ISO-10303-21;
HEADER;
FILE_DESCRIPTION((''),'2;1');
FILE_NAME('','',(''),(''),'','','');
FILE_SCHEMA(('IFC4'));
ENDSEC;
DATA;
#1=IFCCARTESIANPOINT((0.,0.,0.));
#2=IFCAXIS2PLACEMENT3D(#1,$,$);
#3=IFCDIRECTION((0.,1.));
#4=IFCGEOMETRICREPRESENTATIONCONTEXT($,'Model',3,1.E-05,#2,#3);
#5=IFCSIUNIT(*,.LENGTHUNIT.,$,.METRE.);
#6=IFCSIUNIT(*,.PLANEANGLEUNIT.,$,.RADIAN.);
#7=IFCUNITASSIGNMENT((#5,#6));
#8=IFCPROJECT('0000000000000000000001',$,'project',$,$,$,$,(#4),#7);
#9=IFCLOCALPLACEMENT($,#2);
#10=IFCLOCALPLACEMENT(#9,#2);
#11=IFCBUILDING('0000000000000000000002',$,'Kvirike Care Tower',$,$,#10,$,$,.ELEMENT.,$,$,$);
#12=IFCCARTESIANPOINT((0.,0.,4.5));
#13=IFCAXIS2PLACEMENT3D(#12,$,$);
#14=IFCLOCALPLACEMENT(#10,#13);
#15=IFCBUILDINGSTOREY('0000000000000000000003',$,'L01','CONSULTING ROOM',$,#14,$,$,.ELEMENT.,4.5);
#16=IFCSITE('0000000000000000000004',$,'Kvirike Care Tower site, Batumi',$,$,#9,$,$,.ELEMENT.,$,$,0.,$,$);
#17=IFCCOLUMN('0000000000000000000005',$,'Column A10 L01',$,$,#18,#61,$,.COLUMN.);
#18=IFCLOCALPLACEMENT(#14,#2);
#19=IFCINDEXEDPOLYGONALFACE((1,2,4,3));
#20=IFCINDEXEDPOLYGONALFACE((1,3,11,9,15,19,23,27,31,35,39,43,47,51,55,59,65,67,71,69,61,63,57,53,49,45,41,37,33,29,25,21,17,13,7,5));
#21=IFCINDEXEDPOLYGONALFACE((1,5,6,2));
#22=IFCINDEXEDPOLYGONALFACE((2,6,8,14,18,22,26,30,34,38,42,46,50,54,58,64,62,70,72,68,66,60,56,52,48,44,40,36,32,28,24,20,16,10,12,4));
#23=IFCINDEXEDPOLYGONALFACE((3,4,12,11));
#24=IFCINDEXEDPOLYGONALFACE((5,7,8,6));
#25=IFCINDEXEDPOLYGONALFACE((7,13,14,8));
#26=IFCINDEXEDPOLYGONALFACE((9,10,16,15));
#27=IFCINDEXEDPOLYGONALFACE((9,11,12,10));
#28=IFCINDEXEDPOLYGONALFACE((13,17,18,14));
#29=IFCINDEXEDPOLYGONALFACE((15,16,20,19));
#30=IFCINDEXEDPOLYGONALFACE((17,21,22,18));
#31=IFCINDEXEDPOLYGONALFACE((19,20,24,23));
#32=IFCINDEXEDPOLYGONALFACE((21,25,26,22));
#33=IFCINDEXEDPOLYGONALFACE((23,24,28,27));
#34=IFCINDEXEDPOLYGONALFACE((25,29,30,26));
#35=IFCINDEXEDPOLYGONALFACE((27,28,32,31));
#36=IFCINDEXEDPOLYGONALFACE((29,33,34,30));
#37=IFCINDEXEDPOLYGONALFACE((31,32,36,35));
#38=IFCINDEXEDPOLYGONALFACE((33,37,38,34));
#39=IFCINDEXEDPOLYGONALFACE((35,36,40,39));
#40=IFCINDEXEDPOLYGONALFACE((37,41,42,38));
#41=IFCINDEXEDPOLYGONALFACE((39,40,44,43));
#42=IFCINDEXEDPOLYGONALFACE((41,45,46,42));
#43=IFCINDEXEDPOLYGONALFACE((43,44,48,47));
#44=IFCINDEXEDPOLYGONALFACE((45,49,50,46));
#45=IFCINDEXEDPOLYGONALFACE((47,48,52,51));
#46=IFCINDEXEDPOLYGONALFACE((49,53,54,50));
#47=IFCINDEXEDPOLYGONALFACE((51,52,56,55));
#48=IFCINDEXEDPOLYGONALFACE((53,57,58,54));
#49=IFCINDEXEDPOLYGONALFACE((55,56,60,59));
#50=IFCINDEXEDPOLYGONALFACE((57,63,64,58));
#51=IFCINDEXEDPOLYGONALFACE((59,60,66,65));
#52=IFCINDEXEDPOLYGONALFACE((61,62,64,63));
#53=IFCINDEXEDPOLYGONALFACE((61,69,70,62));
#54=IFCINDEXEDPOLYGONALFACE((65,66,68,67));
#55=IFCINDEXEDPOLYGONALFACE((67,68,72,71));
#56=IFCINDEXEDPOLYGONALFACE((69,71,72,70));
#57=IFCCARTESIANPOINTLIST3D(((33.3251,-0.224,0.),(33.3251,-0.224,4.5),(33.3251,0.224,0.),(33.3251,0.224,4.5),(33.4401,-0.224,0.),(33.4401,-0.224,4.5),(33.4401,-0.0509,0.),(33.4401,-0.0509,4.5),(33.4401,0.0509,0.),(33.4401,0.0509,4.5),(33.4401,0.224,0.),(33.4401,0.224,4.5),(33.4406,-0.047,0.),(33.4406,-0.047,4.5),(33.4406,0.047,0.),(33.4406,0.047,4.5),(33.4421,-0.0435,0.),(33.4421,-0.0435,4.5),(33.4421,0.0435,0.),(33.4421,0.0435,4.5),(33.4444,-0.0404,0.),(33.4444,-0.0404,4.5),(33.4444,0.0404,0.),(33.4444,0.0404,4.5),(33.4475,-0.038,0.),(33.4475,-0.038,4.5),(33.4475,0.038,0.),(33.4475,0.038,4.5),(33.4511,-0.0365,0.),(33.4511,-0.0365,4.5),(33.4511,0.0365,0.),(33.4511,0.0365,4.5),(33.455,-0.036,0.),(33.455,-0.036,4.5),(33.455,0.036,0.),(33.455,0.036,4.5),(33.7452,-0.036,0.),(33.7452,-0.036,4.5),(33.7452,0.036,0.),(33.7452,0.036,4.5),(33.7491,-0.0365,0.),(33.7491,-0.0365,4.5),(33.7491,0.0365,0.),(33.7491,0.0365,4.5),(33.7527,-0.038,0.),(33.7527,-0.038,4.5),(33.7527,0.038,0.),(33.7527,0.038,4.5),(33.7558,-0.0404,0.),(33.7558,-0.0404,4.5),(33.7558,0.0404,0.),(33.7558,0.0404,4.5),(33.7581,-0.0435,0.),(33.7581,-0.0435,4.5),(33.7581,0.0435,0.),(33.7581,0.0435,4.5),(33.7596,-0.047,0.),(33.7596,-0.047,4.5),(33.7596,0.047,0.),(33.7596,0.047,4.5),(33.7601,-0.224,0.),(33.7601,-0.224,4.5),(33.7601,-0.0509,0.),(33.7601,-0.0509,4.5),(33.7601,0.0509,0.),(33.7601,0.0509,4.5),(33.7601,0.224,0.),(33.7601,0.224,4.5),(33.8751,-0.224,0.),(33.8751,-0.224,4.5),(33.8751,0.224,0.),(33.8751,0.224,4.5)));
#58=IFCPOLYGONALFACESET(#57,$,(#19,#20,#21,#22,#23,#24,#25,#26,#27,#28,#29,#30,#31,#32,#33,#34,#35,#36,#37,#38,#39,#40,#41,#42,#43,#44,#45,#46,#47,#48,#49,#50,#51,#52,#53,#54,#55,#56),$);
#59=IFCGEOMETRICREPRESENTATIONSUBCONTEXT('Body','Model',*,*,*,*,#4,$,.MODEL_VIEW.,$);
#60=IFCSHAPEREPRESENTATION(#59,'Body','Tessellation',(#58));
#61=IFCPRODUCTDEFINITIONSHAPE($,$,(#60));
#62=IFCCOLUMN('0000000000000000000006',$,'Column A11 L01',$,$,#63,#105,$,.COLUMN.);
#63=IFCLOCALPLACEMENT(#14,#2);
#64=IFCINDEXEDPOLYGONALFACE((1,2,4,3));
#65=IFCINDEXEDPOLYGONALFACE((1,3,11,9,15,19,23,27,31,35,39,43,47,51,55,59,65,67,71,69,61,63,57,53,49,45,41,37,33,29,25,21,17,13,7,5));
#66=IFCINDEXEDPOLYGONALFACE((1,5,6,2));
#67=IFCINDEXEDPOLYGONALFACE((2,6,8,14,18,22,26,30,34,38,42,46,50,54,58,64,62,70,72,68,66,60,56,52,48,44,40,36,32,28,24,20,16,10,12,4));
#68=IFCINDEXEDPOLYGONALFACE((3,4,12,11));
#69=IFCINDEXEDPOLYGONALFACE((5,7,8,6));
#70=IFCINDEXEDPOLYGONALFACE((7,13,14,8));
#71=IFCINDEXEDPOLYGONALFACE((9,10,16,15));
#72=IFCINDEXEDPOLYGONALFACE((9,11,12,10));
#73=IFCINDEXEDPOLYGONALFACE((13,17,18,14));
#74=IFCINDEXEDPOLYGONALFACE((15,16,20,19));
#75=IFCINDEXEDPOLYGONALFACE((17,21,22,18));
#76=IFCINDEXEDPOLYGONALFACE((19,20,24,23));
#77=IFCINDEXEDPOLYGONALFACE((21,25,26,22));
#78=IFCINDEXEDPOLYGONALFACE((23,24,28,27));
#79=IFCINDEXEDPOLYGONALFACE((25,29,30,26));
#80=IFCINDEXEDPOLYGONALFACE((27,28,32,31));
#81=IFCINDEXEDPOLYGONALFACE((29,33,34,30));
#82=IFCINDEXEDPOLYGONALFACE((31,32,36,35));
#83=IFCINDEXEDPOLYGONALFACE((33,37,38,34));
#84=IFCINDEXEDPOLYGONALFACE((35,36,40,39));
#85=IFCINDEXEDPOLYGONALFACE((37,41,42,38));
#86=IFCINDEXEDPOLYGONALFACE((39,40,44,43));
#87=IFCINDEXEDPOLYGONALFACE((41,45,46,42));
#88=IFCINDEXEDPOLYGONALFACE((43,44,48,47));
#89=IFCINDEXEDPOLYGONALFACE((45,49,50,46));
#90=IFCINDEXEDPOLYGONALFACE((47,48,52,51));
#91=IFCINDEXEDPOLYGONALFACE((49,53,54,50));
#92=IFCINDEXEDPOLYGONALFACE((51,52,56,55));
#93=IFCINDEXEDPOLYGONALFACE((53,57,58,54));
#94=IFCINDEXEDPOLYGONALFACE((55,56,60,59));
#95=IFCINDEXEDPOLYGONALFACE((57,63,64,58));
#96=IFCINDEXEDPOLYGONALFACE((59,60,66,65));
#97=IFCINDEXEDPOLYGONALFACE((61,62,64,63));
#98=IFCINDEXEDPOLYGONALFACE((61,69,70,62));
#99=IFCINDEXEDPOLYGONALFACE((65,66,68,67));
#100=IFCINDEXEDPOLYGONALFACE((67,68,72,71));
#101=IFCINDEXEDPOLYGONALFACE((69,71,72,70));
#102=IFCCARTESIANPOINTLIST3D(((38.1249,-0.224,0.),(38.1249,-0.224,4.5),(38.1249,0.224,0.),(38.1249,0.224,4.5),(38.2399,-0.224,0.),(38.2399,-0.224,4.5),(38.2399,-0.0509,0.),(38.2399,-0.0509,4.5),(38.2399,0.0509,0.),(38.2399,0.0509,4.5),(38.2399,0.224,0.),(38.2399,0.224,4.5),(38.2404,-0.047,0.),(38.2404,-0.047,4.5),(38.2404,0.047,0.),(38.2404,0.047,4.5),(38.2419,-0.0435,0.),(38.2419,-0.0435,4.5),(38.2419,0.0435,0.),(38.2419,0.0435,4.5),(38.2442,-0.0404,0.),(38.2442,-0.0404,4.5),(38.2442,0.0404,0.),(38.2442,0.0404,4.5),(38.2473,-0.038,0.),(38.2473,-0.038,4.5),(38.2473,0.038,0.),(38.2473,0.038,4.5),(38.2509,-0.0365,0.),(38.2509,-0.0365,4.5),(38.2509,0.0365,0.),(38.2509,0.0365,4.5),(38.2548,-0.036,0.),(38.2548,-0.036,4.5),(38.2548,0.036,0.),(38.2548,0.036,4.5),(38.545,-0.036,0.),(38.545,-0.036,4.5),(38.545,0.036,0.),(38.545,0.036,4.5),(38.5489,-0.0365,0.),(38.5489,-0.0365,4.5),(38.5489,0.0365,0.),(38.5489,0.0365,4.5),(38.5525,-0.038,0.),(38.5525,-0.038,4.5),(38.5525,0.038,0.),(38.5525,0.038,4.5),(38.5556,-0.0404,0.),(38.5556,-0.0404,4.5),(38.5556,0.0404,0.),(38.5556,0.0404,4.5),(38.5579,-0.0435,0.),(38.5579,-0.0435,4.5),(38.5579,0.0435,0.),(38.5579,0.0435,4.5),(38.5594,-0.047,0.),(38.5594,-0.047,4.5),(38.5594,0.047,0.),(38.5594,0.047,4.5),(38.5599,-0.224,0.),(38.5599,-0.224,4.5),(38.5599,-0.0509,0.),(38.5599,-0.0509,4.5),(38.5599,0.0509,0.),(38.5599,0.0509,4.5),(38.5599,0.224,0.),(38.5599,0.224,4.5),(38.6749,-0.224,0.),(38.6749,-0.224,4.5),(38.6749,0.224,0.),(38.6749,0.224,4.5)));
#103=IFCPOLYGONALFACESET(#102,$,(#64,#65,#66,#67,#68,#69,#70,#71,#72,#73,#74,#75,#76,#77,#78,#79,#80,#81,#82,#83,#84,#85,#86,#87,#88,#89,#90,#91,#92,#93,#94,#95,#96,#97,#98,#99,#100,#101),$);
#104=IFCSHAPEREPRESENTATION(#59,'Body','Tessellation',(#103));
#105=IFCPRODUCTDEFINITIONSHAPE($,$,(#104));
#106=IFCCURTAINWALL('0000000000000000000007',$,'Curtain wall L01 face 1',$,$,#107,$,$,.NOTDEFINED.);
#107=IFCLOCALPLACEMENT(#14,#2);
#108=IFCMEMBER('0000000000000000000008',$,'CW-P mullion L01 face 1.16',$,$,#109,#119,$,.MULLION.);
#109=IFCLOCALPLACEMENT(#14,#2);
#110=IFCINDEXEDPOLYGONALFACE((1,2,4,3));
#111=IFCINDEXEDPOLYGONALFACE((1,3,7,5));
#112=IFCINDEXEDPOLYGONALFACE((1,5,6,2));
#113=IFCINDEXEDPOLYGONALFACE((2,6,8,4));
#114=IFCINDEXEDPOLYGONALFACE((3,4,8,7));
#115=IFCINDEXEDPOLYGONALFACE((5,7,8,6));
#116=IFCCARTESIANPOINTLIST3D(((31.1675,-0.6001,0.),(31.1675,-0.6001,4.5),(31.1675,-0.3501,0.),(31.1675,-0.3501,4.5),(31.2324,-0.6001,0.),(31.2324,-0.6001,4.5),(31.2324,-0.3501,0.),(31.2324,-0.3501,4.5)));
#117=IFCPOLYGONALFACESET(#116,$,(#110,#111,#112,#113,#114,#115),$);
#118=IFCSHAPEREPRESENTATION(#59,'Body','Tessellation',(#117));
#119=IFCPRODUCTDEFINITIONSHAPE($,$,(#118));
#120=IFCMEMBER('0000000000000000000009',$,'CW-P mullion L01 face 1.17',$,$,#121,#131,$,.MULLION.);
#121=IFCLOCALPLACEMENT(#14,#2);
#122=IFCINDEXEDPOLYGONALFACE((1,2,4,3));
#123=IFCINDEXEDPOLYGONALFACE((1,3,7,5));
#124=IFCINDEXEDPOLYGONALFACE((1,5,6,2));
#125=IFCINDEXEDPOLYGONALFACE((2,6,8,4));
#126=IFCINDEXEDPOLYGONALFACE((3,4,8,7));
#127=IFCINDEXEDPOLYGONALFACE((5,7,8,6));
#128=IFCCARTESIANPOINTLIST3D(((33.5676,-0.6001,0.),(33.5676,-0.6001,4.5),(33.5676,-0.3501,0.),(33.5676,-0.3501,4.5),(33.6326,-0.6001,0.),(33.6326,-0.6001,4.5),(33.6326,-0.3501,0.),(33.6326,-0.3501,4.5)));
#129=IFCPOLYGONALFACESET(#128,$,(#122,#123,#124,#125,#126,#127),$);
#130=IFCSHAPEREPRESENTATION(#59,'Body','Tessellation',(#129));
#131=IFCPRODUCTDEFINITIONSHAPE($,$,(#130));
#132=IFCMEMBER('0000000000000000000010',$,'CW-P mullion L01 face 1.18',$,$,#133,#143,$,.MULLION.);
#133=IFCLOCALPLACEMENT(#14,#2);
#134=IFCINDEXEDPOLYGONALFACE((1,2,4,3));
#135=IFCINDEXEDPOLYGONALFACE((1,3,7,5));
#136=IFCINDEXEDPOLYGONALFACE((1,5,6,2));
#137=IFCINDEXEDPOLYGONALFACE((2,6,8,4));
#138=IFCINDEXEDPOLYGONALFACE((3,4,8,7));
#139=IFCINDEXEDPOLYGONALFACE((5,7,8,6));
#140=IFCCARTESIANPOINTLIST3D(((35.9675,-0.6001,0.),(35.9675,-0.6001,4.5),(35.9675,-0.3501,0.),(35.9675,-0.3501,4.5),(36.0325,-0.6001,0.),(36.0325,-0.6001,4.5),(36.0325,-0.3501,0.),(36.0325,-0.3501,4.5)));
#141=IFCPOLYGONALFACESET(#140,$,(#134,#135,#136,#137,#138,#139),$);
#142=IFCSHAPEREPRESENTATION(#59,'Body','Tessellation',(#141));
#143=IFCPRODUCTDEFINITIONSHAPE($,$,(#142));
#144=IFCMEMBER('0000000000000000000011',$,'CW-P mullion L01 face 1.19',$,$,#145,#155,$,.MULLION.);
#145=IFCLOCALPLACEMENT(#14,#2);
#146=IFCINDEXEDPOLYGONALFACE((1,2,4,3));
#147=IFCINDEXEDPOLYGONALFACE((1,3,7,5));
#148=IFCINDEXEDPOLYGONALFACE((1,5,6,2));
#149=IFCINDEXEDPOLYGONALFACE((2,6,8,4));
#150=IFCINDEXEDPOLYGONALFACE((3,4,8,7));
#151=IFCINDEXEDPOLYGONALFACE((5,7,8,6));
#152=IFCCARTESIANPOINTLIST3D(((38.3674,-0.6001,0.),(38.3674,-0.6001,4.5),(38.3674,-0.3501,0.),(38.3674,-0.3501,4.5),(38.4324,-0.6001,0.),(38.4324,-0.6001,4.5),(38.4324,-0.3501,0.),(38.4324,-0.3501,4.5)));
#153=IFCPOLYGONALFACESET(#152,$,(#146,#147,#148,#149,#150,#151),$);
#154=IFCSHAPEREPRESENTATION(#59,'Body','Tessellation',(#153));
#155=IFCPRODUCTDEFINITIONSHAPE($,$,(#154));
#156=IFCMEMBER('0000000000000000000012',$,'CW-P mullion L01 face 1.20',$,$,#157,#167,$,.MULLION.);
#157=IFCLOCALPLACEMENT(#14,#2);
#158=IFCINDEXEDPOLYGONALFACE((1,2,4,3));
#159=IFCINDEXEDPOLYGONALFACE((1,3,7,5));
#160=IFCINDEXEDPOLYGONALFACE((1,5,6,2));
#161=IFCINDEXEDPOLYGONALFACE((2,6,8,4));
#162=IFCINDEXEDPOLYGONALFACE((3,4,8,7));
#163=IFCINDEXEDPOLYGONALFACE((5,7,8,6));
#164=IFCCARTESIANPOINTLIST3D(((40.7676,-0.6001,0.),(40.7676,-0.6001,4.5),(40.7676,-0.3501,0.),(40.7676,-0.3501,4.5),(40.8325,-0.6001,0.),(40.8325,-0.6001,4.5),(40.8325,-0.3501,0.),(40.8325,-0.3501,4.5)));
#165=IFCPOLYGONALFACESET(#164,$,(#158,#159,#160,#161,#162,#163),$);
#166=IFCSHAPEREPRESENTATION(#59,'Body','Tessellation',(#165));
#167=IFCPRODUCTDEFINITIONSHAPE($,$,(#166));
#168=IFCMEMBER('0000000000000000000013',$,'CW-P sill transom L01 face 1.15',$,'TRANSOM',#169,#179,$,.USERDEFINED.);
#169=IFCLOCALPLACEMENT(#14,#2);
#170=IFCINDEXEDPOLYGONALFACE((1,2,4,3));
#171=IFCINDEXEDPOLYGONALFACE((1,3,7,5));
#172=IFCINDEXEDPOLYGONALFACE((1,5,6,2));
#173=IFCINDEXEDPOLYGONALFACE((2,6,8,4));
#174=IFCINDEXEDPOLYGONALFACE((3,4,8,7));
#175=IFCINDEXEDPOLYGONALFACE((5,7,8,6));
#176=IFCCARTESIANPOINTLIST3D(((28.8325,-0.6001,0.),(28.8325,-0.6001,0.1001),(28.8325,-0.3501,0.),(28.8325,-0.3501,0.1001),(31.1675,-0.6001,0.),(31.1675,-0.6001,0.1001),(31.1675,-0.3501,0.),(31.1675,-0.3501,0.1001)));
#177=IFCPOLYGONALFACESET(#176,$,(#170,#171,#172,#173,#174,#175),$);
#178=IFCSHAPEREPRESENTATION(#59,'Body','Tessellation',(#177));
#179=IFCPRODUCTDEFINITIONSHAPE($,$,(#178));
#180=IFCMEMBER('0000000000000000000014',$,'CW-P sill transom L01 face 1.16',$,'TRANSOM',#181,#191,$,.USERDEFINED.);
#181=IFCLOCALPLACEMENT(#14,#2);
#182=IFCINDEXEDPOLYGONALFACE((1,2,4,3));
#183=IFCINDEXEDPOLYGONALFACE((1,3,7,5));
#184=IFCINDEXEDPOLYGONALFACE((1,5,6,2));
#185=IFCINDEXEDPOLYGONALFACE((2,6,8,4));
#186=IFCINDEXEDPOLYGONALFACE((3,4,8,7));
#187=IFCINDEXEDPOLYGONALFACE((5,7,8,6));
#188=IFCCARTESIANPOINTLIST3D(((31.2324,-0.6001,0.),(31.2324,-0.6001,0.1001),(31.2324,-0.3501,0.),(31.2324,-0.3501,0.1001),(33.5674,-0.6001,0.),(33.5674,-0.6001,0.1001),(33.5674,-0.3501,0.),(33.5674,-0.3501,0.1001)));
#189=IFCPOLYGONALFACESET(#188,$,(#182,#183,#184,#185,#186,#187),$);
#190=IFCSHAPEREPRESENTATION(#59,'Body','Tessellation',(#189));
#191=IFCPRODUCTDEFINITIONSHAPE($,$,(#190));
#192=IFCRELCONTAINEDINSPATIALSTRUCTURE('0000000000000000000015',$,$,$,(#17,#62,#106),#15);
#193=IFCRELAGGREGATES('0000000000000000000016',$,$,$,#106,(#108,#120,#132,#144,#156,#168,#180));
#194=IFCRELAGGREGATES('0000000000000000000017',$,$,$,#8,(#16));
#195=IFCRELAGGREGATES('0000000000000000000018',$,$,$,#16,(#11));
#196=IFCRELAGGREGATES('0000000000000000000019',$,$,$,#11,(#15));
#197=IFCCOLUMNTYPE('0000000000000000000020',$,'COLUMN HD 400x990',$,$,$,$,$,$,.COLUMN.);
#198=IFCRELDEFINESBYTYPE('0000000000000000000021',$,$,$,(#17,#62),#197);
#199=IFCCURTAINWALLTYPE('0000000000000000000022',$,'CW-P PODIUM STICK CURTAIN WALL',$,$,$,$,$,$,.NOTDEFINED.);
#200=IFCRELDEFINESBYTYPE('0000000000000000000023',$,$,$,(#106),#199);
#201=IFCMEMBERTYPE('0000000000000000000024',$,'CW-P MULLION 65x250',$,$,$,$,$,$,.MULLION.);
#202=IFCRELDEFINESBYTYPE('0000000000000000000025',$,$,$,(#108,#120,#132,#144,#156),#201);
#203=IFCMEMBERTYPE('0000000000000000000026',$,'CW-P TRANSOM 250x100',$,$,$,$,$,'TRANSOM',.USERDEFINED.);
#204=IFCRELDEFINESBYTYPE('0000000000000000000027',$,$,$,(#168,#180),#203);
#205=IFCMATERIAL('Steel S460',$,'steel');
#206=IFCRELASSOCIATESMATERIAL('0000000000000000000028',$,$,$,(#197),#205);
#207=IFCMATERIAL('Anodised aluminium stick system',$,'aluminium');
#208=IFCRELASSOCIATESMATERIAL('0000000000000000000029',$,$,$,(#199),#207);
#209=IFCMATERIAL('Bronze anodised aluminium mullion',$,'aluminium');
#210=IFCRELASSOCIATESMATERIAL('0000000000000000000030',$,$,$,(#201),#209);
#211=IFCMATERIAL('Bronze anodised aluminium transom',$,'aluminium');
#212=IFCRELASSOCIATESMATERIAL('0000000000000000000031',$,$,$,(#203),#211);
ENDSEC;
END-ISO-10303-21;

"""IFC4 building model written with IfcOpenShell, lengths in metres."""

from ifc_helpers import new_model, si_unit, direction, frame, origin, origin_2d, place, context, subcontext, project, spatial, rectangle, i_section, extrude, material, material_profile, profile_set, type_object, element, aggregate, save


model = new_model("IFC4")

# Units and contexts
model_context = context("Model", 3, precision=1e-05, world=origin(), true_north=direction((0.0, 1.0)))
body_context = subcontext(model_context, "Body", "Model", "MODEL_VIEW")
ifc_project = project(units=[si_unit("LENGTHUNIT", "METRE"), si_unit("PLANEANGLEUNIT", "RADIAN")], contexts=[model_context])

# Site, building, storey
site_placement = place(None, origin())
site = spatial("IfcSite", under=ifc_project, at=site_placement, Name="Kvirike Care Tower site, Batumi", CompositionType="ELEMENT", RefElevation=0.0)
building_placement = place(site_placement, origin())
building = spatial("IfcBuilding", under=site, at=building_placement, Name="Kvirike Care Tower", CompositionType="ELEMENT")
storey_placement = place(building_placement, frame((0.0, 0.0, 4.5)))
storey = spatial("IfcBuildingStorey", under=building, at=storey_placement, Name="L01", Description="CONSULTING ROOM", CompositionType="ELEMENT", Elevation=4.5)

# Columns
ifc_material_1 = material(Name="Steel S460", Category="steel")
ifc_material_profile_1 = material_profile(ifc_material_1, i_section(OverallWidth=0.448, OverallDepth=0.55, WebThickness=0.072, FlangeThickness=0.115, FilletRadius=0.0149, at=origin_2d()), Name="HD 400x990")
ifc_profile_set_1 = profile_set([ifc_material_profile_1], Name="Steel S460")
column_type = type_object("IfcColumnType", Name="COLUMN HD 400x990", PredefinedType="COLUMN", material=ifc_profile_set_1)
for number, where, z_axis, x_axis, name in (
    (1, (33.6001, 0.0, 0.0), (0.0, 0.0, 1.0), (0.0, 1.0, 0.0), "Column A10 L01"),
    (2, (38.3999, 0.0, 0.0), (0.0, 0.0, 1.0), (0.0, 1.0, 0.0), "Column A11 L01"),
):
    element("IfcColumn", number, at=place(storey_placement, frame(where, z_axis=z_axis, x_axis=x_axis)), inside=storey, type_object=column_type, Name=name, PredefinedType="COLUMN", context=body_context, shape_type="SweptSolid", body=[
        extrude(i_section(OverallWidth=0.448, OverallDepth=0.55, WebThickness=0.072, FlangeThickness=0.115, FilletRadius=0.0149, at=origin_2d()), origin(), (0.0, 0.0, 1.0), 4.5),
    ])

# Curtain wall, members
ifc_material_2 = material(Name="Anodised aluminium stick system", Category="aluminium")
curtain_wall_type = type_object("IfcCurtainWallType", Name="CW-P PODIUM STICK CURTAIN WALL", PredefinedType="NOTDEFINED", material=ifc_material_2)
curtain_wall_placement = place(storey_placement, origin())
curtain_wall = element("IfcCurtainWall", 3, at=curtain_wall_placement, inside=storey, type_object=curtain_wall_type, Name="Curtain wall L01 face 1", PredefinedType="NOTDEFINED")
ifc_material_3 = material(Name="Bronze anodised aluminium mullion", Category="aluminium")
ifc_material_profile_2 = material_profile(ifc_material_3, rectangle(XDim=0.0649, YDim=0.25, at=origin_2d()), Name="CW-P MULLION 65x250")
ifc_profile_set_2 = profile_set([ifc_material_profile_2], Name="Bronze anodised aluminium mullion")
member_type_1 = type_object("IfcMemberType", Name="CW-P MULLION 65x250", PredefinedType="MULLION", material=ifc_profile_set_2)
member_1_placement = place(storey_placement, frame((31.2, -0.4751, 0.0), z_axis=(0.0, 0.0, 1.0), x_axis=(1.0, 0.0, 0.0)))
member_1 = element("IfcMember", 4, at=member_1_placement, type_object=member_type_1, Name="CW-P mullion L01 face 1.16", PredefinedType="MULLION", context=body_context, shape_type="SweptSolid", body=[
    extrude(rectangle(XDim=0.0649, YDim=0.25, at=origin_2d()), origin(), (0.0, 0.0, 1.0), 4.5),
])
member_2_placement = place(storey_placement, frame((33.6001, -0.4751, 0.0), z_axis=(0.0, 0.0, 1.0), x_axis=(1.0, 0.0, 0.0)))
member_2 = element("IfcMember", 5, at=member_2_placement, type_object=member_type_1, Name="CW-P mullion L01 face 1.17", PredefinedType="MULLION", context=body_context, shape_type="SweptSolid", body=[
    extrude(rectangle(XDim=0.0649, YDim=0.25, at=origin_2d()), origin(), (0.0, 0.0, 1.0), 4.5),
])
member_3_placement = place(storey_placement, frame((36.0, -0.4751, 0.0), z_axis=(0.0, 0.0, 1.0), x_axis=(1.0, 0.0, 0.0)))
member_3 = element("IfcMember", 6, at=member_3_placement, type_object=member_type_1, Name="CW-P mullion L01 face 1.18", PredefinedType="MULLION", context=body_context, shape_type="SweptSolid", body=[
    extrude(rectangle(XDim=0.0649, YDim=0.25, at=origin_2d()), origin(), (0.0, 0.0, 1.0), 4.5),
])
member_4_placement = place(storey_placement, frame((38.3999, -0.4751, 0.0), z_axis=(0.0, 0.0, 1.0), x_axis=(1.0, 0.0, 0.0)))
member_4 = element("IfcMember", 7, at=member_4_placement, type_object=member_type_1, Name="CW-P mullion L01 face 1.19", PredefinedType="MULLION", context=body_context, shape_type="SweptSolid", body=[
    extrude(rectangle(XDim=0.0649, YDim=0.25, at=origin_2d()), origin(), (0.0, 0.0, 1.0), 4.5),
])
member_5_placement = place(storey_placement, frame((40.8, -0.4751, 0.0), z_axis=(0.0, 0.0, 1.0), x_axis=(1.0, 0.0, 0.0)))
member_5 = element("IfcMember", 8, at=member_5_placement, type_object=member_type_1, Name="CW-P mullion L01 face 1.20", PredefinedType="MULLION", context=body_context, shape_type="SweptSolid", body=[
    extrude(rectangle(XDim=0.0649, YDim=0.25, at=origin_2d()), origin(), (0.0, 0.0, 1.0), 4.5),
])
ifc_material_4 = material(Name="Bronze anodised aluminium transom", Category="aluminium")
ifc_material_profile_3 = material_profile(ifc_material_4, rectangle(XDim=0.25, YDim=0.1001, at=origin_2d()), Name="CW-P TRANSOM 250x100")
ifc_profile_set_3 = profile_set([ifc_material_profile_3], Name="Bronze anodised aluminium transom")
member_type_2 = type_object("IfcMemberType", Name="CW-P TRANSOM 250x100", ElementType="TRANSOM", PredefinedType="USERDEFINED", material=ifc_profile_set_3)
member_6_placement = place(storey_placement, frame((28.8325, -0.4751, 0.05), z_axis=(1.0, 0.0, 0.0), x_axis=(0.0, 1.0, 0.0)))
member_6 = element("IfcMember", 9, at=member_6_placement, type_object=member_type_2, Name="CW-P sill transom L01 face 1.15", ObjectType="TRANSOM", PredefinedType="USERDEFINED", context=body_context, shape_type="SweptSolid", body=[
    extrude(rectangle(XDim=0.25, YDim=0.1001, at=origin_2d()), origin(), (0.0, 0.0, 1.0), 2.335),
])
member_7_placement = place(storey_placement, frame((31.2324, -0.4751, 0.05), z_axis=(1.0, 0.0, 0.0), x_axis=(0.0, 1.0, 0.0)))
member_7 = element("IfcMember", 10, at=member_7_placement, type_object=member_type_2, Name="CW-P sill transom L01 face 1.16", ObjectType="TRANSOM", PredefinedType="USERDEFINED", context=body_context, shape_type="SweptSolid", body=[
    extrude(rectangle(XDim=0.25, YDim=0.1001, at=origin_2d()), origin(), (0.0, 0.0, 1.0), 2.335),
])

aggregate(curtain_wall, [member_1, member_2, member_3, member_4, member_5, member_6, member_7])

save(model, "model.ifc")
